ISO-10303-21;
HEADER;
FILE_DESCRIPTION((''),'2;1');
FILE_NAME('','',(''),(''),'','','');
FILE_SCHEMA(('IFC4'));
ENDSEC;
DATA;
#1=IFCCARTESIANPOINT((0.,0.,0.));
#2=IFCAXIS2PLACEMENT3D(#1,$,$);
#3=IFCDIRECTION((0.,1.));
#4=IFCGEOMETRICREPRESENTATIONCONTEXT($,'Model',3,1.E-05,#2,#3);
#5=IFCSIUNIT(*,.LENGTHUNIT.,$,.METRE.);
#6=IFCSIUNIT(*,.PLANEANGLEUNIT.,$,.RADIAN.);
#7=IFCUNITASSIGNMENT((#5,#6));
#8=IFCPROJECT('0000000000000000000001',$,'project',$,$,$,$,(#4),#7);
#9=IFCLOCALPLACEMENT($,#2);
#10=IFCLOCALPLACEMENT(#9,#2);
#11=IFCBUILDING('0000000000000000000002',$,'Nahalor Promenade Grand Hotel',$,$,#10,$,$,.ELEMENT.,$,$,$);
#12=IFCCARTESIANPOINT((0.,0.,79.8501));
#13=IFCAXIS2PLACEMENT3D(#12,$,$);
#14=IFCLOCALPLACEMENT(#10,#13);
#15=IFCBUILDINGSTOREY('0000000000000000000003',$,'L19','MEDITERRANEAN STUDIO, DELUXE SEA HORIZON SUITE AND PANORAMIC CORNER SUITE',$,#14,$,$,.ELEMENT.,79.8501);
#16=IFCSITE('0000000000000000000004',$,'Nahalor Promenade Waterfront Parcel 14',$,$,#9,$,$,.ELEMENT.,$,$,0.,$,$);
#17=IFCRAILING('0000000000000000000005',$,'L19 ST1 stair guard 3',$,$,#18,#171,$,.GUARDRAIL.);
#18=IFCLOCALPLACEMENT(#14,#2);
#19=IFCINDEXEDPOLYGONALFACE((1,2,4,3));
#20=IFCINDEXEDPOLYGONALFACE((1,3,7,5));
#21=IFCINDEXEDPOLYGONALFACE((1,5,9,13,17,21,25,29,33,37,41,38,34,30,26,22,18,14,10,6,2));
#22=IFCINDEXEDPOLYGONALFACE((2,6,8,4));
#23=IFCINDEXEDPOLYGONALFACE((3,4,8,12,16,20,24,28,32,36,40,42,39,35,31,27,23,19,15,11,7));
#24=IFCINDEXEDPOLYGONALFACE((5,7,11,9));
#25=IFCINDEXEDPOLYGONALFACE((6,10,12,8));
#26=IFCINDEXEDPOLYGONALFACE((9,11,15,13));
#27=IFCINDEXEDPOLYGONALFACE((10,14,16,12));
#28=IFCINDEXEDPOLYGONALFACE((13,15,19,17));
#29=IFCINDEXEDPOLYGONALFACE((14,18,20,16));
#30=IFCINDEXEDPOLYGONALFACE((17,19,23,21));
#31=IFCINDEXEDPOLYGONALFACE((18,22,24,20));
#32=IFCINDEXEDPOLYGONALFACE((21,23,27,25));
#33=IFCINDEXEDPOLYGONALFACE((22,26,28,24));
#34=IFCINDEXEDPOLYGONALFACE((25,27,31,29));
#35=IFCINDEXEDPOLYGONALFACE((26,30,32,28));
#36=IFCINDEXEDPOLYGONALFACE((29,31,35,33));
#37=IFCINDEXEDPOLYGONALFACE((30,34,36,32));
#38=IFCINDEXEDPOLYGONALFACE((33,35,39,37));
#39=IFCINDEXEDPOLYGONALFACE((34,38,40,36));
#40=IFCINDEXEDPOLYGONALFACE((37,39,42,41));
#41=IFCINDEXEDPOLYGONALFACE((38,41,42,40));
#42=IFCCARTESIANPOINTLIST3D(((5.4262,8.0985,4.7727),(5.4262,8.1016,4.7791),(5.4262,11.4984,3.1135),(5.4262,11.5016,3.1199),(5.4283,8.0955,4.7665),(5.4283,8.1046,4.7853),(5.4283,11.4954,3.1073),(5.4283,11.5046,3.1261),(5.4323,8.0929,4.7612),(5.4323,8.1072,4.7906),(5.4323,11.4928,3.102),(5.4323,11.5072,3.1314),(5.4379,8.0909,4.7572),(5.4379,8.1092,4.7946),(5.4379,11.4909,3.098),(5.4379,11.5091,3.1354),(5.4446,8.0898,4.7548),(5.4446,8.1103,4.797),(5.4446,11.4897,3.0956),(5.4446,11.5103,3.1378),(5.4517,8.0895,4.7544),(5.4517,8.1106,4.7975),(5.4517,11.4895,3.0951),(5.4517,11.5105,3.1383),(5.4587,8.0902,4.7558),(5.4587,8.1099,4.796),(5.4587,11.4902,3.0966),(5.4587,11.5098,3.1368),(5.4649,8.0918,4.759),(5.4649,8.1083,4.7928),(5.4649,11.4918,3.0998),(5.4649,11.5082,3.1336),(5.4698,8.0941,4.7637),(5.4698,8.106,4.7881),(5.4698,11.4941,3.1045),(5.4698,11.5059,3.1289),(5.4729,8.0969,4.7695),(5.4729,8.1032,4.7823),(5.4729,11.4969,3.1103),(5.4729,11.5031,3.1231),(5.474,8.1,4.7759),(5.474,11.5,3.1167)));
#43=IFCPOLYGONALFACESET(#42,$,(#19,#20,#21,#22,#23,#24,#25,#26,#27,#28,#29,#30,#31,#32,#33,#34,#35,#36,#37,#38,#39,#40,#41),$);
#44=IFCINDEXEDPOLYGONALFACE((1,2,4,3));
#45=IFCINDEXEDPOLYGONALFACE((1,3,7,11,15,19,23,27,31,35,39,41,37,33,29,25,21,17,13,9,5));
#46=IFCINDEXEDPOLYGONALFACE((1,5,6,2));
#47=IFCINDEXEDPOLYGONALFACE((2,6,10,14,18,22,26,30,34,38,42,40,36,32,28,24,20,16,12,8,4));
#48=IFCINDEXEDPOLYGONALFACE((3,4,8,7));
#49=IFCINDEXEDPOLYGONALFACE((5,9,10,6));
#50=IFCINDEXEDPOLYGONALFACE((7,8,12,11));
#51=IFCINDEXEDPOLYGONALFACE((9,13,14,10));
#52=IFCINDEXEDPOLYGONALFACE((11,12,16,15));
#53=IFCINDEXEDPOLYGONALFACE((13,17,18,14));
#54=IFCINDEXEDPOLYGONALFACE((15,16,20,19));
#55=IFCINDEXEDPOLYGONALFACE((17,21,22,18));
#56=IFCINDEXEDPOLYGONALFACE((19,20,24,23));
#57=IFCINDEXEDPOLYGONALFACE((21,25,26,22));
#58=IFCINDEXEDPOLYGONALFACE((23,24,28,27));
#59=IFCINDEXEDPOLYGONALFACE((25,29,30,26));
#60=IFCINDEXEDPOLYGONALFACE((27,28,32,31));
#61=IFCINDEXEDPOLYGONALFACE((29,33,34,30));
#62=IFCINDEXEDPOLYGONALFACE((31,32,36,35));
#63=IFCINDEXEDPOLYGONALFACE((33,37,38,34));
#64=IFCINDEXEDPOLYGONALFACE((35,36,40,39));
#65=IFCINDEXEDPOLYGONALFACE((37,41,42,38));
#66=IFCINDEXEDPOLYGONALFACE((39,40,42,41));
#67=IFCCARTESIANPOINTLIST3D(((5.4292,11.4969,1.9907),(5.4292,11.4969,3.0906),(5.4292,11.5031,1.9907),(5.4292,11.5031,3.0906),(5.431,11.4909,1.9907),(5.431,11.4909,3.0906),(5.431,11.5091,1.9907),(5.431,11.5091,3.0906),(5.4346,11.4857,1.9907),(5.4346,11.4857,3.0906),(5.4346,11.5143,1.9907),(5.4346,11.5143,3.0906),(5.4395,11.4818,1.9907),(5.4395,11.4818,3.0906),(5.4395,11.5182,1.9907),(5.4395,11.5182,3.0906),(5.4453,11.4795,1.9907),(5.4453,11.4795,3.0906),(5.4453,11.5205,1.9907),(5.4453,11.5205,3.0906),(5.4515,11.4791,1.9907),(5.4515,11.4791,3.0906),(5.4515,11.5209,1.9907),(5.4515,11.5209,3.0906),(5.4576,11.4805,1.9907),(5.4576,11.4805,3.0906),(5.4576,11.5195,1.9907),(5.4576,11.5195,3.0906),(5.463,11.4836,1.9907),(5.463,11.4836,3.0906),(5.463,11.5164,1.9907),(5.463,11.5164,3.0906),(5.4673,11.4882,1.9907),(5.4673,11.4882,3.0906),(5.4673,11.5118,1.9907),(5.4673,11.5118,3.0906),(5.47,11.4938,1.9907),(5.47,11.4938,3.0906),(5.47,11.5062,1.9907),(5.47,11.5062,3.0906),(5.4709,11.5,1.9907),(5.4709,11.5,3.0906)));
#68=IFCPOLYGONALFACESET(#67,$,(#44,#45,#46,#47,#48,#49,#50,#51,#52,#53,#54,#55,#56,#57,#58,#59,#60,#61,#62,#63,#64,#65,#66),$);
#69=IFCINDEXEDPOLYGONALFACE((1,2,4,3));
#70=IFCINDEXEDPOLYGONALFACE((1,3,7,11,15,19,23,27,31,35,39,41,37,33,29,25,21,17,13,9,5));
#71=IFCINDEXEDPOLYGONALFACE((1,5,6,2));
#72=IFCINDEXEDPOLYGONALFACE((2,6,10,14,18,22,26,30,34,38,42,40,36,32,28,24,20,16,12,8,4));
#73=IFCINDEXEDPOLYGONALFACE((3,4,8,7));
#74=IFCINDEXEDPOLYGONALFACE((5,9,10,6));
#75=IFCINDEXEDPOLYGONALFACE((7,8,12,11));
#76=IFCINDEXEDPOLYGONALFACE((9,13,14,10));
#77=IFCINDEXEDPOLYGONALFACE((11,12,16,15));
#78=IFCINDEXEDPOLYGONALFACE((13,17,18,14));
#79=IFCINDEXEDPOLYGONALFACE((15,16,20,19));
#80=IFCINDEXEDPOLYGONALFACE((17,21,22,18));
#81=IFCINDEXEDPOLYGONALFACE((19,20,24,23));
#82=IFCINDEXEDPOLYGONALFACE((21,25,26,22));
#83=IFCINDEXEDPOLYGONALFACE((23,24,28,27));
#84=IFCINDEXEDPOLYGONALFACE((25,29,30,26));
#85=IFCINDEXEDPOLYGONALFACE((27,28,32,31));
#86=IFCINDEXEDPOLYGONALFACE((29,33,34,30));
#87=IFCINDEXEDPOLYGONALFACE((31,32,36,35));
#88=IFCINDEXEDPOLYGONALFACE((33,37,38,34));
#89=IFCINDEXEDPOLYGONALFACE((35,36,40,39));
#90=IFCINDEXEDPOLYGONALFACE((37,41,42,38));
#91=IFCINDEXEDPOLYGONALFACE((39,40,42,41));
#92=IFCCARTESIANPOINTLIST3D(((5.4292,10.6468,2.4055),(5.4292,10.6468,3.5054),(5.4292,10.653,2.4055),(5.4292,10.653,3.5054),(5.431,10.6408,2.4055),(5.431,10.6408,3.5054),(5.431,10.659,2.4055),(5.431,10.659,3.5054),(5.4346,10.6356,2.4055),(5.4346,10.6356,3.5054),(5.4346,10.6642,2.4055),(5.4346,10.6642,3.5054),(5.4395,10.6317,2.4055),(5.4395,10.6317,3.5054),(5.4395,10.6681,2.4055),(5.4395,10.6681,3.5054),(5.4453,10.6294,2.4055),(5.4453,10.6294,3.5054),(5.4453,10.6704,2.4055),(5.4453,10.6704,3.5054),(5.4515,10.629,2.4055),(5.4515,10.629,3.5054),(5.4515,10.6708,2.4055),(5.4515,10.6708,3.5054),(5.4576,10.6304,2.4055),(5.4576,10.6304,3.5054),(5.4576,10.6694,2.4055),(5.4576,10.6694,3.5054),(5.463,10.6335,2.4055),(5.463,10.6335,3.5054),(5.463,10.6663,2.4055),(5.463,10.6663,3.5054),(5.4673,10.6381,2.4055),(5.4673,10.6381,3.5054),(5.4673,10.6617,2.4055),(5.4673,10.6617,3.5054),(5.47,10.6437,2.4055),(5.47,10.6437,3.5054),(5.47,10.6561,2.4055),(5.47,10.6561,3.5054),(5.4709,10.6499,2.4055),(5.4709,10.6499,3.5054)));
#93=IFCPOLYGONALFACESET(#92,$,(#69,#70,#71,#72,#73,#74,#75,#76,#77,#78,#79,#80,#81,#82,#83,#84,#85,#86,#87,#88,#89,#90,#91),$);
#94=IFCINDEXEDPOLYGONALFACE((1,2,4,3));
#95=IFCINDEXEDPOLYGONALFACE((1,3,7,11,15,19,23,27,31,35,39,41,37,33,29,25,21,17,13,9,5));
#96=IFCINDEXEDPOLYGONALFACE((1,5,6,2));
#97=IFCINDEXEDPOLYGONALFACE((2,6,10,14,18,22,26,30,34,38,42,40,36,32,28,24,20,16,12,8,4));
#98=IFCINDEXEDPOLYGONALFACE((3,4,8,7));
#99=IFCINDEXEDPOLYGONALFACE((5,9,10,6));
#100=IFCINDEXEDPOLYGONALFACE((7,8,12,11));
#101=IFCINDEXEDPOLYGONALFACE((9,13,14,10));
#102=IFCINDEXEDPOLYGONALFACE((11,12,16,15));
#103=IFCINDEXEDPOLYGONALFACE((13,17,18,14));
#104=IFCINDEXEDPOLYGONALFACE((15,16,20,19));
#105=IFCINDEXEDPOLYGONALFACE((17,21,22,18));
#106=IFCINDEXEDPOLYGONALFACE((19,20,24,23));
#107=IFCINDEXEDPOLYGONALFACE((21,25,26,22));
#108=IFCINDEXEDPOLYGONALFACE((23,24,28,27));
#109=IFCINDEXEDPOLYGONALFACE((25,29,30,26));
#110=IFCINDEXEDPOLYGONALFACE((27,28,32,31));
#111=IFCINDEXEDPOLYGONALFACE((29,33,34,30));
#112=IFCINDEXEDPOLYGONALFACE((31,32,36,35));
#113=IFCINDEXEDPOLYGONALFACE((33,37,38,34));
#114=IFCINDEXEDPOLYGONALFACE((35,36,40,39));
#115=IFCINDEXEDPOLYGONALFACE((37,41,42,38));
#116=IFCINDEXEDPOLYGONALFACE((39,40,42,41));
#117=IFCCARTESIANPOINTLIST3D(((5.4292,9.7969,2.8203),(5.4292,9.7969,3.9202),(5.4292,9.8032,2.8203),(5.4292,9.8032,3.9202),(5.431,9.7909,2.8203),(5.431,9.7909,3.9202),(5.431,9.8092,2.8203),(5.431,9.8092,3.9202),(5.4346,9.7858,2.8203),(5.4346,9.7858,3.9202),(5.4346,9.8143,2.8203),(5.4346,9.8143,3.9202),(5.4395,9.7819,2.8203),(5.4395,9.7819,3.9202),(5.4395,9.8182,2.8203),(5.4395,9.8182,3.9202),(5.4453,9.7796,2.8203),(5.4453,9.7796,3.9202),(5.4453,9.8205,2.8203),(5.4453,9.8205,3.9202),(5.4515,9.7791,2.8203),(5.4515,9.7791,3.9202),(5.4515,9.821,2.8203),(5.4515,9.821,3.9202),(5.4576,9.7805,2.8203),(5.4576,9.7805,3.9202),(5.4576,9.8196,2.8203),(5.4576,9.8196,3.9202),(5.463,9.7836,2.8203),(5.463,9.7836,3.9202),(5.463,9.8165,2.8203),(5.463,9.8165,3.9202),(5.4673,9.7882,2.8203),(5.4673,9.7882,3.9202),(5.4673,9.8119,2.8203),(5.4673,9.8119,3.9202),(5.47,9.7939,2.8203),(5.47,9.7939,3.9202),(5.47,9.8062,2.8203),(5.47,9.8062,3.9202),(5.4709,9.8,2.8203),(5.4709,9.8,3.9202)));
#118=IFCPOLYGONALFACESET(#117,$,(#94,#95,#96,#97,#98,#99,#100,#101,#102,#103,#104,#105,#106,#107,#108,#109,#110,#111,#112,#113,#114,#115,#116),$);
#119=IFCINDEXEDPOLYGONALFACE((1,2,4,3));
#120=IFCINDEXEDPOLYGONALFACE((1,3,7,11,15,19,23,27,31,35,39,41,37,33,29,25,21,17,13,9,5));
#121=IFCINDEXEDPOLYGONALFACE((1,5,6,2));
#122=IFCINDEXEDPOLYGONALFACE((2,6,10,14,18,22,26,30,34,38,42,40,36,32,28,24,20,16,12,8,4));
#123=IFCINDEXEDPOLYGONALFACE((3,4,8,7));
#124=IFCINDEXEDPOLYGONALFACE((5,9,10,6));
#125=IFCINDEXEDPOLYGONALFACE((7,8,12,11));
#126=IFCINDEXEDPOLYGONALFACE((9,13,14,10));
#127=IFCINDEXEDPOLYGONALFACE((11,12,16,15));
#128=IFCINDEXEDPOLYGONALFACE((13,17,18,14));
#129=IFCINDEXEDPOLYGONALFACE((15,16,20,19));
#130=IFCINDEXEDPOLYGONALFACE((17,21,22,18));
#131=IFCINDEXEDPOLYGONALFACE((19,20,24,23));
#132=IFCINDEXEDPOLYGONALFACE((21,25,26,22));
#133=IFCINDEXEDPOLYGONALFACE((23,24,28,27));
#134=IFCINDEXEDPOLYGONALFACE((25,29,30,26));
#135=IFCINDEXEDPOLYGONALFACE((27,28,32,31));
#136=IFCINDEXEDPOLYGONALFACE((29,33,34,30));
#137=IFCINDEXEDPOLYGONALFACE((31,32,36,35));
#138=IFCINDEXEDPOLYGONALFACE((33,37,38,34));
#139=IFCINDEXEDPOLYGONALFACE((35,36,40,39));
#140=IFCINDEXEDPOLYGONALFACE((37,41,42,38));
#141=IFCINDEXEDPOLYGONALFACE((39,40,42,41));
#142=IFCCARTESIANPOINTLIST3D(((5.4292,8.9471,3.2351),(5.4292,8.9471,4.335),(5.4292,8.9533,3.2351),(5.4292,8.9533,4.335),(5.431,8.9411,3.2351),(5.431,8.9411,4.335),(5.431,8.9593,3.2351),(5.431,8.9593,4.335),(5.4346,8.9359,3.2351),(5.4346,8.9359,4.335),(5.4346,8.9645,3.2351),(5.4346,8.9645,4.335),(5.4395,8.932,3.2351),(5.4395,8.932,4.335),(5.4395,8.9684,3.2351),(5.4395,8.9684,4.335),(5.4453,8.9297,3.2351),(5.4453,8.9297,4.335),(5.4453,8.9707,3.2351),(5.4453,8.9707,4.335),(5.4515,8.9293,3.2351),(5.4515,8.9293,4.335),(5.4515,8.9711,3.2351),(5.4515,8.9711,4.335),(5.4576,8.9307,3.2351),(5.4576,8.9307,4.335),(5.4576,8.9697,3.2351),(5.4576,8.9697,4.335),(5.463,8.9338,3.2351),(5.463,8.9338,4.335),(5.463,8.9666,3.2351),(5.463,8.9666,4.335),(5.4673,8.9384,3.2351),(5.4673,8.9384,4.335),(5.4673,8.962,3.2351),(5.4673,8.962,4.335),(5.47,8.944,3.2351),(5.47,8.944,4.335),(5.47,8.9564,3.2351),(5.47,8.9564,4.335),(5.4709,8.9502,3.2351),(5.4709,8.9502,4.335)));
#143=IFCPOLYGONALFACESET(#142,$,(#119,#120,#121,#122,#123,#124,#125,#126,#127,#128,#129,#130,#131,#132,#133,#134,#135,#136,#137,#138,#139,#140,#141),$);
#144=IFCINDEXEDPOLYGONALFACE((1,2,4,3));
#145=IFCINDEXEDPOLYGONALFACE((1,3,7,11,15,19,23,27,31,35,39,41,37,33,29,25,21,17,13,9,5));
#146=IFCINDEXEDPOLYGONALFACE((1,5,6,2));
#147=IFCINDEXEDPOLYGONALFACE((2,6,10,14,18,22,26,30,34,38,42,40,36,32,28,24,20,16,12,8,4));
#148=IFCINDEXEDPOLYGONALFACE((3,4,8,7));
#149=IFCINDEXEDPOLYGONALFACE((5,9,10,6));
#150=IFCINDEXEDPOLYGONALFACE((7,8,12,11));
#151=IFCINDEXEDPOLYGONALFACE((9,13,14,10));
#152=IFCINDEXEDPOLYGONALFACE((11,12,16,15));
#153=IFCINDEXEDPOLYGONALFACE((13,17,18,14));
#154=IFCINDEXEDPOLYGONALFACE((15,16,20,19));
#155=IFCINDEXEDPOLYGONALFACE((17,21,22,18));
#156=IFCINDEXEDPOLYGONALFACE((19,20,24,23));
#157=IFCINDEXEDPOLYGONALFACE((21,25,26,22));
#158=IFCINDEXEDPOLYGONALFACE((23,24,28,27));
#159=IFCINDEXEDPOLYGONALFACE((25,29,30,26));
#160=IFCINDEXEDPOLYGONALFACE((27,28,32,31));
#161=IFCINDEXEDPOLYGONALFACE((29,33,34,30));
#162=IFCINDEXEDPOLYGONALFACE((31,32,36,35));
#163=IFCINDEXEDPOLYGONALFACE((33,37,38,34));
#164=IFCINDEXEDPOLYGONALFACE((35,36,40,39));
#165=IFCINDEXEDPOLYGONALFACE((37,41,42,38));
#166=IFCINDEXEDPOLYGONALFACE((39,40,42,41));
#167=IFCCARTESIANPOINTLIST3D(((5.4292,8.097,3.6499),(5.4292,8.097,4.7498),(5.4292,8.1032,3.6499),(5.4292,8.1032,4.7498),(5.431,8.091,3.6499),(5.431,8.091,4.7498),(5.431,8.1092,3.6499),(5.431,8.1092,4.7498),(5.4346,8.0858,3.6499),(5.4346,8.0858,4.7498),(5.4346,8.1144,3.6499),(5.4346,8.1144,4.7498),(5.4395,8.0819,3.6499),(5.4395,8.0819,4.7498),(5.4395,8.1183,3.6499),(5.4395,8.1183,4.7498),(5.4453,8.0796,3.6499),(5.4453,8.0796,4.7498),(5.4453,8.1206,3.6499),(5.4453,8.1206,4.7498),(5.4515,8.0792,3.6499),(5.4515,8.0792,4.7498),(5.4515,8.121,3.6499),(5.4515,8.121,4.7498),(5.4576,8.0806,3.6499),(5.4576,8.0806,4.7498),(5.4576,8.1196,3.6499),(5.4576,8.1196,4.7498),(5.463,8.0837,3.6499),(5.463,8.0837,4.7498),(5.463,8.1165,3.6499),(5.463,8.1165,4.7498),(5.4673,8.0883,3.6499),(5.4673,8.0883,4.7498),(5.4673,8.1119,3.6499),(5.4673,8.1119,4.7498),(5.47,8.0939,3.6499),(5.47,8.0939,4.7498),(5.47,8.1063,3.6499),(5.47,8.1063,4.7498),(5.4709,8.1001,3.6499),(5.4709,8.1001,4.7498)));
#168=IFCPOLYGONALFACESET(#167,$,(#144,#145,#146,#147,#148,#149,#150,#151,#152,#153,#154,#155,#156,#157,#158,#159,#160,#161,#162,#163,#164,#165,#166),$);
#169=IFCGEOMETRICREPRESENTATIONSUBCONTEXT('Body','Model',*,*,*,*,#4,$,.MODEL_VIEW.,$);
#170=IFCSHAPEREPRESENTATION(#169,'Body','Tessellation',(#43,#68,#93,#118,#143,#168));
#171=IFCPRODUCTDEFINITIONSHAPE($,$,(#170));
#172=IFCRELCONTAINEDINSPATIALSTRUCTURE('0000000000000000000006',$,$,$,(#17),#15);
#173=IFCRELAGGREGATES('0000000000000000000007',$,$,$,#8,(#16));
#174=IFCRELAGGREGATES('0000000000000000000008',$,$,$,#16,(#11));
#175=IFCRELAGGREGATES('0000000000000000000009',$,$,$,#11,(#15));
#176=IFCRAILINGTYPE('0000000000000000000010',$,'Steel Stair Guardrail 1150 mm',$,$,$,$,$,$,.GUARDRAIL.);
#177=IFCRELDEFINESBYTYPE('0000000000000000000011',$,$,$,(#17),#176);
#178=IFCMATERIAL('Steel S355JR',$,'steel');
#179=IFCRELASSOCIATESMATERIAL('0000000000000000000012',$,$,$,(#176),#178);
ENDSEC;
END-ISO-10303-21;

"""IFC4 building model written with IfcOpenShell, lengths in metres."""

from ifc_helpers import new_model, si_unit, direction, frame, origin, origin_2d, place, context, subcontext, project, spatial, circle, extrude, material, type_object, element, save


model = new_model("IFC4")

# Units and contexts
model_context = context("Model", 3, precision=1e-05, world=origin(), true_north=direction((0.0, 1.0)))
body_context = subcontext(model_context, "Body", "Model", "MODEL_VIEW")
ifc_project = project(units=[si_unit("LENGTHUNIT", "METRE"), si_unit("PLANEANGLEUNIT", "RADIAN")], contexts=[model_context])

# Site, building, storey
site_placement = place(None, origin())
site = spatial("IfcSite", under=ifc_project, at=site_placement, Name="Nahalor Promenade Waterfront Parcel 14", CompositionType="ELEMENT", RefElevation=0.0)
building_placement = place(site_placement, origin())
building = spatial("IfcBuilding", under=site, at=building_placement, Name="Nahalor Promenade Grand Hotel", CompositionType="ELEMENT")
storey_placement = place(building_placement, frame((0.0, 0.0, 79.8501)))
storey = spatial("IfcBuildingStorey", under=building, at=storey_placement, Name="L19", Description="MEDITERRANEAN STUDIO, DELUXE SEA HORIZON SUITE AND PANORAMIC CORNER SUITE", CompositionType="ELEMENT", Elevation=79.8501)

# Shared definitions
ifc_material_1 = material(Name="Steel S355JR", Category="steel")

# Railing
railing_type_1 = type_object("IfcRailingType", Name="Steel Stair Guardrail 1150 mm", PredefinedType="GUARDRAIL", material=ifc_material_1)
railing_1_placement = place(storey_placement, frame((5.45, 11.5, 1.9907)))
element("IfcRailing", 1, at=railing_1_placement, inside=storey, type_object=railing_type_1, Name="L19 ST1 stair guard 3", PredefinedType="GUARDRAIL", context=body_context, shape_type="SweptSolid", body=[
    extrude(circle(Radius=0.024, at=origin_2d()), frame((0.0, 0.0, 1.126), z_axis=(0.0, -0.898696, 0.438571), x_axis=(1.0, 0.0, 0.0)), (0.0, 0.0, 1.0), 3.7832),
    extrude(circle(Radius=0.021, at=origin_2d()), origin(), (0.0, 0.0, 1.0), 1.0999),
    extrude(circle(Radius=0.021, at=origin_2d()), frame((0.0, -0.8501, 0.4148)), (0.0, 0.0, 1.0), 1.0999),
    extrude(circle(Radius=0.021, at=origin_2d()), frame((0.0, -1.7, 0.8296)), (0.0, 0.0, 1.0), 1.0999),
    extrude(circle(Radius=0.021, at=origin_2d()), frame((0.0, -2.5498, 1.2444)), (0.0, 0.0, 1.0), 1.0999),
    extrude(circle(Radius=0.021, at=origin_2d()), frame((0.0, -3.3999, 1.6592)), (0.0, 0.0, 1.0), 1.0999),
])

save(model, "model.ifc")
